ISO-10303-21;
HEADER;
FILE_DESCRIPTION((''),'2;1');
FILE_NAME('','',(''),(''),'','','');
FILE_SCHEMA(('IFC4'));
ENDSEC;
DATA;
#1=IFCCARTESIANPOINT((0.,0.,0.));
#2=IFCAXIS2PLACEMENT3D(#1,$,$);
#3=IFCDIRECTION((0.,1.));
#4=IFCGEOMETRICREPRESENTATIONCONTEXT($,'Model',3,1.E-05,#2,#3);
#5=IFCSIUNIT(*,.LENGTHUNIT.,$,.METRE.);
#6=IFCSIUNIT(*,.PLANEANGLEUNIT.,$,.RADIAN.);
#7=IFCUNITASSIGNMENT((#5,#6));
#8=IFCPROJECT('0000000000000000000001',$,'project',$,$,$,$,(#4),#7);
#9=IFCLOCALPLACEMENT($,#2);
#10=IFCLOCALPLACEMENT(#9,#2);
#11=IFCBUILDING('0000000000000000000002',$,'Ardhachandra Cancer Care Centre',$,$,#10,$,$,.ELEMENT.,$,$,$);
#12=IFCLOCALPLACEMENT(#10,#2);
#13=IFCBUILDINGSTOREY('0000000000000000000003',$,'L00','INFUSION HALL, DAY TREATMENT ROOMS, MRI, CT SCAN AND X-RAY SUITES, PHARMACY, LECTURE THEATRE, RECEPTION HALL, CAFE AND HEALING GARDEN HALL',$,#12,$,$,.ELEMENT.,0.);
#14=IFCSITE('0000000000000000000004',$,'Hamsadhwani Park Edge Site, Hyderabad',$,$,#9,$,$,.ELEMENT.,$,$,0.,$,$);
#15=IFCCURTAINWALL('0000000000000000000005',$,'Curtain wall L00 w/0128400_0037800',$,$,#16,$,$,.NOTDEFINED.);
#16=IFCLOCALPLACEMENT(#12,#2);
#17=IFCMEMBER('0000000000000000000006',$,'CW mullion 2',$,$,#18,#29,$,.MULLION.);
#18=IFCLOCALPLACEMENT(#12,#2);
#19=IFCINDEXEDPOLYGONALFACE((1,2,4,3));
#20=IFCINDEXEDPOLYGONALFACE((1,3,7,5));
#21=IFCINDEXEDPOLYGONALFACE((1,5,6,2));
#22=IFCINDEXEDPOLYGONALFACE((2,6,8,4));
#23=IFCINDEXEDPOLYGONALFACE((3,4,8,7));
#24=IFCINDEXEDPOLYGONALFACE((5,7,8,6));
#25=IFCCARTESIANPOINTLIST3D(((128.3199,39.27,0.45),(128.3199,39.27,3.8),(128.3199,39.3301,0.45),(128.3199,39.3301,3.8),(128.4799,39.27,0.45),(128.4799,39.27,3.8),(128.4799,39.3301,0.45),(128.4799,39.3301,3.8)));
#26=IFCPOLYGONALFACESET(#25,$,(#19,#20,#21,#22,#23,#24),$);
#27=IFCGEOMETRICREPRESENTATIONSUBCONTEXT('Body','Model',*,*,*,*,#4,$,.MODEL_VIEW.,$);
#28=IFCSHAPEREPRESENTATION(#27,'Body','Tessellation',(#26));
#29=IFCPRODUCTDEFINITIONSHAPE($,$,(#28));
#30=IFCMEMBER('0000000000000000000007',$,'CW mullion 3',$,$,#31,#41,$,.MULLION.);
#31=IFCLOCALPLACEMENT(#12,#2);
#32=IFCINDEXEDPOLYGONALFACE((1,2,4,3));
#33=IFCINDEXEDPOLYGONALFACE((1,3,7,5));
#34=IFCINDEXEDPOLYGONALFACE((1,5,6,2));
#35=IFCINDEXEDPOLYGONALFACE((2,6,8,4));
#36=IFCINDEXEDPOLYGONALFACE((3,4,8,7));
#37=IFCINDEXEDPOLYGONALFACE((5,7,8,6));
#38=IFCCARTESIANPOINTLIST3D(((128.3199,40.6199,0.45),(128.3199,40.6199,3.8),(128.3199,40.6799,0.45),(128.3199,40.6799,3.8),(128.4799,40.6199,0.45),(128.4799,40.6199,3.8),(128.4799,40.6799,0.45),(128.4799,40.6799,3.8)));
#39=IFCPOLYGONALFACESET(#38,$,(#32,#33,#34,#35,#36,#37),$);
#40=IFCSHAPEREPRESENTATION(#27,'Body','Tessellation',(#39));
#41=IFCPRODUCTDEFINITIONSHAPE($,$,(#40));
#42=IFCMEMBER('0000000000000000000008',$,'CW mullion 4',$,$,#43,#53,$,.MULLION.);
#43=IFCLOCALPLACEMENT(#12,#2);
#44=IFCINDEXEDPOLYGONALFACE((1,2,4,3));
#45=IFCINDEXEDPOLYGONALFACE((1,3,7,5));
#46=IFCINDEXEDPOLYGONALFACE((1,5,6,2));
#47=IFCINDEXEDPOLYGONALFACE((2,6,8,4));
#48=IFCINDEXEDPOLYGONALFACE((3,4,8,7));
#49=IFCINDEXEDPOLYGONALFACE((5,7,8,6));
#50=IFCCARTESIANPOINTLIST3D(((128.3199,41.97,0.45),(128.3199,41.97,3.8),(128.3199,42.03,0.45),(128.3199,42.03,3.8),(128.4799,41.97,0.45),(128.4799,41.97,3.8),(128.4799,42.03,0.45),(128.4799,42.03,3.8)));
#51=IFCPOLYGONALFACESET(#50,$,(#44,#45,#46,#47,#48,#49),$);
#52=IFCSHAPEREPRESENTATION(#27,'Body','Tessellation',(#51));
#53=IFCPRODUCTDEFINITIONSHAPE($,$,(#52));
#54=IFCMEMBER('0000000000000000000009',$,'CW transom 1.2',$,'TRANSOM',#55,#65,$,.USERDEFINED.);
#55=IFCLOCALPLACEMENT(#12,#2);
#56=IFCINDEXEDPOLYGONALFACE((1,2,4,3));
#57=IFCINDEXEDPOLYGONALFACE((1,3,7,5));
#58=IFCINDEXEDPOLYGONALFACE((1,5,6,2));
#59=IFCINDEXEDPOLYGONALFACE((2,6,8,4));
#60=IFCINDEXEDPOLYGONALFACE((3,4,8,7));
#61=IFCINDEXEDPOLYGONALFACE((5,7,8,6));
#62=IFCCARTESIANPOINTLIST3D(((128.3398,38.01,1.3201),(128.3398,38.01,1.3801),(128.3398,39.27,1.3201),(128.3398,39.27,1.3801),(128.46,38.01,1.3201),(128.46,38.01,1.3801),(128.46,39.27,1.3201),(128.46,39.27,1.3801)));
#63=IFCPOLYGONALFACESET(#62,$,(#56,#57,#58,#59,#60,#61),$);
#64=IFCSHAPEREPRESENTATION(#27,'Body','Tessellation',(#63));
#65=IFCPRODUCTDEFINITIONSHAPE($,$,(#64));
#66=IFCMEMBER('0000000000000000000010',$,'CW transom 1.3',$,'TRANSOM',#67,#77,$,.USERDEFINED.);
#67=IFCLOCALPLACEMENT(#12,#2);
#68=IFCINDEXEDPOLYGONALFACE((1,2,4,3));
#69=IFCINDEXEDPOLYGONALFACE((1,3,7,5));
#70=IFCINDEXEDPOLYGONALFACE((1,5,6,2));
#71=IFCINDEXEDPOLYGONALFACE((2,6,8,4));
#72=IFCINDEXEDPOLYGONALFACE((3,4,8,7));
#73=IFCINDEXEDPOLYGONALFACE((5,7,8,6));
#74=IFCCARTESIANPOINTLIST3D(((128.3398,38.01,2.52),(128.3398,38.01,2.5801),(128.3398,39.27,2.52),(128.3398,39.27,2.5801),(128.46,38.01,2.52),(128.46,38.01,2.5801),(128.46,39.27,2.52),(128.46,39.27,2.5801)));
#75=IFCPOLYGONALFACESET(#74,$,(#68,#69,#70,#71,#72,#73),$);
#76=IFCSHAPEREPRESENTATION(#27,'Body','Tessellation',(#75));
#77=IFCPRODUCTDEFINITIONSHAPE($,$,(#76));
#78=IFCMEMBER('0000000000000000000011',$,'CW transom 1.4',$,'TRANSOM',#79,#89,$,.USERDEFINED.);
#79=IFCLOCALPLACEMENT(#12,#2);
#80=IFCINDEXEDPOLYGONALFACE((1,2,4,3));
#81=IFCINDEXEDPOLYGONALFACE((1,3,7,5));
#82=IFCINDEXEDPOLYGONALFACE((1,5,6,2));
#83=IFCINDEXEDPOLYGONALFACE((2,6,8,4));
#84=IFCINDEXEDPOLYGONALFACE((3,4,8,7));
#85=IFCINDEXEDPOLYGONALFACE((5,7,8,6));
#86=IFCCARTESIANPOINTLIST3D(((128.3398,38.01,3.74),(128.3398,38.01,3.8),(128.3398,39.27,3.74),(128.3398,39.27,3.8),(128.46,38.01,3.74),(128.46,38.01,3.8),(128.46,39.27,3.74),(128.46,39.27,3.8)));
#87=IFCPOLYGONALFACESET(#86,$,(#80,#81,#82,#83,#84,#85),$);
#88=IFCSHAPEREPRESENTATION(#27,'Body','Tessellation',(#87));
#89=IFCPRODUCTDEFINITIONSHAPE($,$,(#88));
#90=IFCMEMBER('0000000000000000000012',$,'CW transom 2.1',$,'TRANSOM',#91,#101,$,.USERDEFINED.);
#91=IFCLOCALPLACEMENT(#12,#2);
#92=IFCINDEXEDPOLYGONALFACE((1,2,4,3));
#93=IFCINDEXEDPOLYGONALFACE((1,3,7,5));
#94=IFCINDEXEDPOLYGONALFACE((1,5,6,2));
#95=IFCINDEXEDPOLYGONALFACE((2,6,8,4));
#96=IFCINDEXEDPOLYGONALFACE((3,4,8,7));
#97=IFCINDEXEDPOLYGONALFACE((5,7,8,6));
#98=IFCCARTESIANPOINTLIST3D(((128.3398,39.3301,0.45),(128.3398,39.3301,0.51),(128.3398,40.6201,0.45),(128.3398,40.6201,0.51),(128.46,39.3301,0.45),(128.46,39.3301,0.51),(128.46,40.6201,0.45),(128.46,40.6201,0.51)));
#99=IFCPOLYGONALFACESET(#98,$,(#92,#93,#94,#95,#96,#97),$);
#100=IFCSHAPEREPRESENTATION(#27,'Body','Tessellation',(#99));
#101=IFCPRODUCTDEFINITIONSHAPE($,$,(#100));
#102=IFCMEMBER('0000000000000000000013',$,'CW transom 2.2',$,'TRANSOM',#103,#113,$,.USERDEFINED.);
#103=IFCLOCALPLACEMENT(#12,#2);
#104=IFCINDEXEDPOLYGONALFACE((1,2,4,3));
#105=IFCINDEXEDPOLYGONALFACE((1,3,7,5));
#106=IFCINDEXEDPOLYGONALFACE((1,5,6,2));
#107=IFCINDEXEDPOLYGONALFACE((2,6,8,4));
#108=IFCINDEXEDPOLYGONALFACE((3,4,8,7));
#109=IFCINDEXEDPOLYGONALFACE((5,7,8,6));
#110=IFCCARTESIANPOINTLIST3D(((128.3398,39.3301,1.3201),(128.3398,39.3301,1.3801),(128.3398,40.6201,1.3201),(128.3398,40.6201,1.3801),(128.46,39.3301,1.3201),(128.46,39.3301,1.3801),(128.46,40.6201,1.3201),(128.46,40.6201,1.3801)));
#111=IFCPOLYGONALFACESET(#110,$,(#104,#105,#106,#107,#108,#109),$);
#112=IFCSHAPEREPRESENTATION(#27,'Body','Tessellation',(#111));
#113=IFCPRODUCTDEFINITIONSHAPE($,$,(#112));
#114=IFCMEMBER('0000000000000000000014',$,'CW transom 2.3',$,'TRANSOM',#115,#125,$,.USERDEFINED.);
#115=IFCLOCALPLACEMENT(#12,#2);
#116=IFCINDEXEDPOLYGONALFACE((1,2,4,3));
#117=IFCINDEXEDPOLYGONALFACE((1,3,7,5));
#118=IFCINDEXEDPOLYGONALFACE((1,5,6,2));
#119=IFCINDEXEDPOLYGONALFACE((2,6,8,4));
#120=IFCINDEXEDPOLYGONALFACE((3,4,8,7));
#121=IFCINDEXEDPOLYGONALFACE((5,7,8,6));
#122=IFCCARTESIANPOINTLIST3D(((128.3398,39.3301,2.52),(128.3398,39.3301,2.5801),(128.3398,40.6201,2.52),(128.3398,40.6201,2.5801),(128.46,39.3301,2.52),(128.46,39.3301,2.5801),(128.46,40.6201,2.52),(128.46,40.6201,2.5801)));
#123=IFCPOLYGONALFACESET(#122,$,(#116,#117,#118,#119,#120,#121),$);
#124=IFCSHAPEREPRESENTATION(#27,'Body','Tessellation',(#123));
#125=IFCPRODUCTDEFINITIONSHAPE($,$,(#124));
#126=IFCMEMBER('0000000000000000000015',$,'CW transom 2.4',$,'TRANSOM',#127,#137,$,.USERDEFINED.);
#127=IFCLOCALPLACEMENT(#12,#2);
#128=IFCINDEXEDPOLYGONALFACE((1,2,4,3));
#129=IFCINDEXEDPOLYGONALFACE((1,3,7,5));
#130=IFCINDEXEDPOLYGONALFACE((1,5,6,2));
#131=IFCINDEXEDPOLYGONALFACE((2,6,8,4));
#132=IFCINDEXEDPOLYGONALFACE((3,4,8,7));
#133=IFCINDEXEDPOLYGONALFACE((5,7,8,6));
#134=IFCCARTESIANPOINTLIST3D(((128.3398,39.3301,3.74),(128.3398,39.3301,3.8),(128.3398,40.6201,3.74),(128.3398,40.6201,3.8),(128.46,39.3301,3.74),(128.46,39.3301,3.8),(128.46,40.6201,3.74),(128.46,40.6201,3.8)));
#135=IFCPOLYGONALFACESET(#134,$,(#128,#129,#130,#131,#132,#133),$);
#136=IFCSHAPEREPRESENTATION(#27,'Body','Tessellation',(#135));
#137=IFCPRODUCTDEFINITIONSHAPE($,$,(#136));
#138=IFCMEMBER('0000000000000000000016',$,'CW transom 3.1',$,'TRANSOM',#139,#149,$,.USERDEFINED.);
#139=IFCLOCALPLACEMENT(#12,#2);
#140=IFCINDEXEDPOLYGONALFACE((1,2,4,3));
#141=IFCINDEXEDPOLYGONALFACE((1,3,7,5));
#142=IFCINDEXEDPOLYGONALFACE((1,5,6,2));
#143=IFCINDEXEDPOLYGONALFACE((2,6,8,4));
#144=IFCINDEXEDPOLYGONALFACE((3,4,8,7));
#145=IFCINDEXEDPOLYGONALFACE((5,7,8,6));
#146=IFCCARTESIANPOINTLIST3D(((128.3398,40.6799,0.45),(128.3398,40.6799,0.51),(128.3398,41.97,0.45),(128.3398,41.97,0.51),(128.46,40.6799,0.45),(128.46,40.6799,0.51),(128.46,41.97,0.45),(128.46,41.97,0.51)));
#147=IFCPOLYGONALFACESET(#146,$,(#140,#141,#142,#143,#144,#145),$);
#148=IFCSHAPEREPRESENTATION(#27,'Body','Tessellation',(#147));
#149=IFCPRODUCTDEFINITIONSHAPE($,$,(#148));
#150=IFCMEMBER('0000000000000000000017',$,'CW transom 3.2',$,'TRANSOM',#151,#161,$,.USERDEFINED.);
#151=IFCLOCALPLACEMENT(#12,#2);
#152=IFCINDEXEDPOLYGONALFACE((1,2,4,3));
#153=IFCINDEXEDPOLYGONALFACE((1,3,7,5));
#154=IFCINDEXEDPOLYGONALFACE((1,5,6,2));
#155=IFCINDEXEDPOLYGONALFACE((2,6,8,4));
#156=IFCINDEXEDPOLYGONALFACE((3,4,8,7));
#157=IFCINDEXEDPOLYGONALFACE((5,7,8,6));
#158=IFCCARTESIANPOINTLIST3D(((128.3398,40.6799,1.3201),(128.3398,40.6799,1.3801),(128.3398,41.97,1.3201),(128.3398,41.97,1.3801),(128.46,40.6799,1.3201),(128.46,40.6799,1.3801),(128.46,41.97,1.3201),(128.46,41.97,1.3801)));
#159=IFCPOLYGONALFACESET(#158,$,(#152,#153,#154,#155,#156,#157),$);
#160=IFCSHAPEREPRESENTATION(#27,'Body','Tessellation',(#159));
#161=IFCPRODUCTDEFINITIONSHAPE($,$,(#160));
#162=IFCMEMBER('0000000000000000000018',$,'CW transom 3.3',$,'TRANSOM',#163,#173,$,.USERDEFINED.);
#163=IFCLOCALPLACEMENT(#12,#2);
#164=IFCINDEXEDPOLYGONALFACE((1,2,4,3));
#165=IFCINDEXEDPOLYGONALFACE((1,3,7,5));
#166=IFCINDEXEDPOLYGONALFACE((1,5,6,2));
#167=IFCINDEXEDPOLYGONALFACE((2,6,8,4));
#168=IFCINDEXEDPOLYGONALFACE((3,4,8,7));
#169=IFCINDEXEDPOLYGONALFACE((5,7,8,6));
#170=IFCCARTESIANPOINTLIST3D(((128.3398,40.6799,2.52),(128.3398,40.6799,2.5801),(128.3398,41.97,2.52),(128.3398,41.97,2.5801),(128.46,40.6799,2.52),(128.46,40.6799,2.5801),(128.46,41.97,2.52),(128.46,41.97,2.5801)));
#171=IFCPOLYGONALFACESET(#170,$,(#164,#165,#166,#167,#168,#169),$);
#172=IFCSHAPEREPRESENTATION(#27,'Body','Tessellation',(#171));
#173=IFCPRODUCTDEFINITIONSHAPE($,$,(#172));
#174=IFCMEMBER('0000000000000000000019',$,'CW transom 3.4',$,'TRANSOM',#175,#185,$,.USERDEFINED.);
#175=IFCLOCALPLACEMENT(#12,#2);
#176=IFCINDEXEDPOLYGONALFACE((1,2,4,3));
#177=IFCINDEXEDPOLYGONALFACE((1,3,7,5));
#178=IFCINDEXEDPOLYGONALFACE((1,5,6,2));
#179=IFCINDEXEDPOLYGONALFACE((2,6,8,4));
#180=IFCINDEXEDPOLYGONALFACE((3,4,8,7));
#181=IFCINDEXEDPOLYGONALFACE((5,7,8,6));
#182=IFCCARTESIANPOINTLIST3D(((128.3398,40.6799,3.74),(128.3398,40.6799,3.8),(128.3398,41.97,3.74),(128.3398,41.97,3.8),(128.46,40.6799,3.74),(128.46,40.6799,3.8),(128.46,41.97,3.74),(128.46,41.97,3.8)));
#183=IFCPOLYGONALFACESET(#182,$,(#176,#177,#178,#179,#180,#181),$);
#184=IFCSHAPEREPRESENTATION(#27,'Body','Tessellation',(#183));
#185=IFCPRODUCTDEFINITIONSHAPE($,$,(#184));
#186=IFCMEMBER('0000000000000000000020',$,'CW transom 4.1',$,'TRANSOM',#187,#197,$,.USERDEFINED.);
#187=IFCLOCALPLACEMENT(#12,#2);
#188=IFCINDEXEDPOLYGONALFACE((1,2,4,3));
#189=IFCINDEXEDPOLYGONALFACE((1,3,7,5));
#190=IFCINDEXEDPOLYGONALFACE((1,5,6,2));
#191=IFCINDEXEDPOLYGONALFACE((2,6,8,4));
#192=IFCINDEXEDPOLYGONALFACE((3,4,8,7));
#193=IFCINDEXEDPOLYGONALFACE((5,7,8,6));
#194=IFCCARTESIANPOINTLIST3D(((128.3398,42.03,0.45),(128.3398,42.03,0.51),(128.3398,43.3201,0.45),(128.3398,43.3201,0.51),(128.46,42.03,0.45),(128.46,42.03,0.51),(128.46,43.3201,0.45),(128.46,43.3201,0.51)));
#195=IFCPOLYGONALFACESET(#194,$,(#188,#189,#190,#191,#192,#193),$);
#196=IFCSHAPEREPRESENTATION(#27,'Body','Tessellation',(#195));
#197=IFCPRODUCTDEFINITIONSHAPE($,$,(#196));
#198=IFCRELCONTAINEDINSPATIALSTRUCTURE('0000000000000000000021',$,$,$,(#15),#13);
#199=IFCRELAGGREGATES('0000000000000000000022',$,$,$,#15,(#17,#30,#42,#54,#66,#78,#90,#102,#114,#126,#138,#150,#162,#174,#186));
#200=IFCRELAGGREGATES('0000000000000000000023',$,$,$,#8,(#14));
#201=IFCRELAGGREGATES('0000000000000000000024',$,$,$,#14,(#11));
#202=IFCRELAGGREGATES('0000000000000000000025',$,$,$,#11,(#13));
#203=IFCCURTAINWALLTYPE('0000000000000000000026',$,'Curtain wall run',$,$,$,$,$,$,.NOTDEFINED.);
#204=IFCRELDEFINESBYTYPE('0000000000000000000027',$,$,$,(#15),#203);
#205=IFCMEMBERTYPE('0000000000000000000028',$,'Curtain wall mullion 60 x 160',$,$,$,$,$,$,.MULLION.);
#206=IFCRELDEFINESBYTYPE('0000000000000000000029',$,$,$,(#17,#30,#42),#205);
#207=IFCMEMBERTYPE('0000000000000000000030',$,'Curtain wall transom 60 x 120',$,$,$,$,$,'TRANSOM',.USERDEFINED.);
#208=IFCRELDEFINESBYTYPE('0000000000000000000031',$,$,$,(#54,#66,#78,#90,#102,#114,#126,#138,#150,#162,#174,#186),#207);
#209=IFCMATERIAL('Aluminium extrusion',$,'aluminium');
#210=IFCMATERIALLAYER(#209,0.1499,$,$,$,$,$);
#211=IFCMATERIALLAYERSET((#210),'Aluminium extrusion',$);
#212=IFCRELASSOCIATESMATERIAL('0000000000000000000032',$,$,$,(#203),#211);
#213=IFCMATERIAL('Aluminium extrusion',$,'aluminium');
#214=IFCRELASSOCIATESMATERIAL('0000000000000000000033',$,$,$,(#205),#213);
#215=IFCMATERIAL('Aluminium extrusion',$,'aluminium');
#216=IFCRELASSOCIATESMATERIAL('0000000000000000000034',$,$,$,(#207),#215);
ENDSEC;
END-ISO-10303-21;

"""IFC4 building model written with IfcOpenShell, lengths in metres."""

from ifc_helpers import new_model, si_unit, direction, frame, origin, origin_2d, place, context, subcontext, project, spatial, rectangle, extrude, material, layer, layer_set, material_profile, profile_set, type_object, element, aggregate, save


model = new_model("IFC4")

# Units and contexts
model_context = context("Model", 3, precision=1e-05, world=origin(), true_north=direction((0.0, 1.0)))
body_context = subcontext(model_context, "Body", "Model", "MODEL_VIEW")
ifc_project = project(units=[si_unit("LENGTHUNIT", "METRE"), si_unit("PLANEANGLEUNIT", "RADIAN")], contexts=[model_context])

# Site, building, storey
site_placement = place(None, origin())
site = spatial("IfcSite", under=ifc_project, at=site_placement, Name="Hamsadhwani Park Edge Site, Hyderabad", CompositionType="ELEMENT", RefElevation=0.0)
building_placement = place(site_placement, origin())
building = spatial("IfcBuilding", under=site, at=building_placement, Name="Ardhachandra Cancer Care Centre", CompositionType="ELEMENT")
storey_placement = place(building_placement, origin())
storey = spatial("IfcBuildingStorey", under=building, at=storey_placement, Name="L00", Description="INFUSION HALL, DAY TREATMENT ROOMS, MRI, CT SCAN AND X-RAY SUITES, PHARMACY, LECTURE THEATRE, RECEPTION HALL, CAFE AND HEALING GARDEN HALL", CompositionType="ELEMENT", Elevation=0.0)

# Curtain wall, members
ifc_material_1 = material(Name="Aluminium extrusion", Category="aluminium")
ifc_layer_1 = layer(ifc_material_1, 0.1499)
ifc_layer_set_1 = layer_set([ifc_layer_1], Name="Aluminium extrusion")
curtain_wall_type = type_object("IfcCurtainWallType", Name="Curtain wall run", PredefinedType="NOTDEFINED", material=ifc_layer_set_1)
curtain_wall_placement = place(storey_placement, origin())
curtain_wall = element("IfcCurtainWall", 1, at=curtain_wall_placement, inside=storey, type_object=curtain_wall_type, Name="Curtain wall L00 w/0128400_0037800", PredefinedType="NOTDEFINED")
ifc_material_2 = material(Name="Aluminium extrusion", Category="aluminium")
ifc_material_profile_1 = material_profile(ifc_material_2, rectangle(XDim=0.1599, YDim=0.0601, at=origin_2d()), Name="Curtain wall mullion 60 x 160")
ifc_profile_set_1 = profile_set([ifc_material_profile_1], Name="Aluminium extrusion")
member_type_1 = type_object("IfcMemberType", Name="Curtain wall mullion 60 x 160", PredefinedType="MULLION", material=ifc_profile_set_1)
member_1_placement = place(storey_placement, frame((128.3999, 39.3, 0.45), z_axis=(0.0, 0.0, 1.0), x_axis=(-1.0, 0.0, 0.0)))
member_1 = element("IfcMember", 2, at=member_1_placement, type_object=member_type_1, Name="CW mullion 2", PredefinedType="MULLION", context=body_context, shape_type="SweptSolid", body=[
    extrude(rectangle(XDim=0.1599, YDim=0.0601, at=origin_2d()), origin(), (0.0, 0.0, 1.0), 3.3501),
])
member_2_placement = place(storey_placement, frame((128.3999, 40.6499, 0.45), z_axis=(0.0, 0.0, 1.0), x_axis=(-1.0, 0.0, 0.0)))
member_2 = element("IfcMember", 3, at=member_2_placement, type_object=member_type_1, Name="CW mullion 3", PredefinedType="MULLION", context=body_context, shape_type="SweptSolid", body=[
    extrude(rectangle(XDim=0.1599, YDim=0.0601, at=origin_2d()), origin(), (0.0, 0.0, 1.0), 3.3501),
])
member_3_placement = place(storey_placement, frame((128.3999, 42.0, 0.45), z_axis=(0.0, 0.0, 1.0), x_axis=(-1.0, 0.0, 0.0)))
member_3 = element("IfcMember", 4, at=member_3_placement, type_object=member_type_1, Name="CW mullion 4", PredefinedType="MULLION", context=body_context, shape_type="SweptSolid", body=[
    extrude(rectangle(XDim=0.1599, YDim=0.0601, at=origin_2d()), origin(), (0.0, 0.0, 1.0), 3.3501),
])
ifc_material_3 = material(Name="Aluminium extrusion", Category="aluminium")
ifc_material_profile_2 = material_profile(ifc_material_3, rectangle(XDim=0.1201, YDim=0.0601, at=origin_2d()), Name="Curtain wall transom 60 x 120")
ifc_profile_set_2 = profile_set([ifc_material_profile_2], Name="Aluminium extrusion")
member_type_2 = type_object("IfcMemberType", Name="Curtain wall transom 60 x 120", ElementType="TRANSOM", PredefinedType="USERDEFINED", material=ifc_profile_set_2)
member_4_placement = place(storey_placement, frame((128.3999, 38.01, 1.3501), z_axis=(0.0, 1.0, 0.0), x_axis=(-1.0, 0.0, 0.0)))
member_4 = element("IfcMember", 5, at=member_4_placement, type_object=member_type_2, Name="CW transom 1.2", ObjectType="TRANSOM", PredefinedType="USERDEFINED", context=body_context, shape_type="SweptSolid", body=[
    extrude(rectangle(XDim=0.1201, YDim=0.0601, at=origin_2d()), origin(), (0.0, 0.0, 1.0), 1.26),
])
member_5_placement = place(storey_placement, frame((128.3999, 38.01, 2.55), z_axis=(0.0, 1.0, 0.0), x_axis=(-1.0, 0.0, 0.0)))
member_5 = element("IfcMember", 6, at=member_5_placement, type_object=member_type_2, Name="CW transom 1.3", ObjectType="TRANSOM", PredefinedType="USERDEFINED", context=body_context, shape_type="SweptSolid", body=[
    extrude(rectangle(XDim=0.1201, YDim=0.0601, at=origin_2d()), origin(), (0.0, 0.0, 1.0), 1.26),
])
member_6_placement = place(storey_placement, frame((128.3999, 38.01, 3.77), z_axis=(0.0, 1.0, 0.0), x_axis=(-1.0, 0.0, 0.0)))
member_6 = element("IfcMember", 7, at=member_6_placement, type_object=member_type_2, Name="CW transom 1.4", ObjectType="TRANSOM", PredefinedType="USERDEFINED", context=body_context, shape_type="SweptSolid", body=[
    extrude(rectangle(XDim=0.1201, YDim=0.0601, at=origin_2d()), origin(), (0.0, 0.0, 1.0), 1.26),
])
member_7_placement = place(storey_placement, frame((128.3999, 39.3301, 0.48), z_axis=(0.0, 1.0, 0.0), x_axis=(-1.0, 0.0, 0.0)))
member_7 = element("IfcMember", 8, at=member_7_placement, type_object=member_type_2, Name="CW transom 2.1", ObjectType="TRANSOM", PredefinedType="USERDEFINED", context=body_context, shape_type="SweptSolid", body=[
    extrude(rectangle(XDim=0.1201, YDim=0.0601, at=origin_2d()), origin(), (0.0, 0.0, 1.0), 1.29),
])
member_8_placement = place(storey_placement, frame((128.3999, 39.3301, 1.3501), z_axis=(0.0, 1.0, 0.0), x_axis=(-1.0, 0.0, 0.0)))
member_8 = element("IfcMember", 9, at=member_8_placement, type_object=member_type_2, Name="CW transom 2.2", ObjectType="TRANSOM", PredefinedType="USERDEFINED", context=body_context, shape_type="SweptSolid", body=[
    extrude(rectangle(XDim=0.1201, YDim=0.0601, at=origin_2d()), origin(), (0.0, 0.0, 1.0), 1.29),
])
member_9_placement = place(storey_placement, frame((128.3999, 39.3301, 2.55), z_axis=(0.0, 1.0, 0.0), x_axis=(-1.0, 0.0, 0.0)))
member_9 = element("IfcMember", 10, at=member_9_placement, type_object=member_type_2, Name="CW transom 2.3", ObjectType="TRANSOM", PredefinedType="USERDEFINED", context=body_context, shape_type="SweptSolid", body=[
    extrude(rectangle(XDim=0.1201, YDim=0.0601, at=origin_2d()), origin(), (0.0, 0.0, 1.0), 1.29),
])
member_10_placement = place(storey_placement, frame((128.3999, 39.3301, 3.77), z_axis=(0.0, 1.0, 0.0), x_axis=(-1.0, 0.0, 0.0)))
member_10 = element("IfcMember", 11, at=member_10_placement, type_object=member_type_2, Name="CW transom 2.4", ObjectType="TRANSOM", PredefinedType="USERDEFINED", context=body_context, shape_type="SweptSolid", body=[
    extrude(rectangle(XDim=0.1201, YDim=0.0601, at=origin_2d()), origin(), (0.0, 0.0, 1.0), 1.29),
])
member_11_placement = place(storey_placement, frame((128.3999, 40.6799, 0.48), z_axis=(0.0, 1.0, 0.0), x_axis=(-1.0, 0.0, 0.0)))
member_11 = element("IfcMember", 12, at=member_11_placement, type_object=member_type_2, Name="CW transom 3.1", ObjectType="TRANSOM", PredefinedType="USERDEFINED", context=body_context, shape_type="SweptSolid", body=[
    extrude(rectangle(XDim=0.1201, YDim=0.0601, at=origin_2d()), origin(), (0.0, 0.0, 1.0), 1.29),
])
member_12_placement = place(storey_placement, frame((128.3999, 40.6799, 1.3501), z_axis=(0.0, 1.0, 0.0), x_axis=(-1.0, 0.0, 0.0)))
member_12 = element("IfcMember", 13, at=member_12_placement, type_object=member_type_2, Name="CW transom 3.2", ObjectType="TRANSOM", PredefinedType="USERDEFINED", context=body_context, shape_type="SweptSolid", body=[
    extrude(rectangle(XDim=0.1201, YDim=0.0601, at=origin_2d()), origin(), (0.0, 0.0, 1.0), 1.29),
])
member_13_placement = place(storey_placement, frame((128.3999, 40.6799, 2.55), z_axis=(0.0, 1.0, 0.0), x_axis=(-1.0, 0.0, 0.0)))
member_13 = element("IfcMember", 14, at=member_13_placement, type_object=member_type_2, Name="CW transom 3.3", ObjectType="TRANSOM", PredefinedType="USERDEFINED", context=body_context, shape_type="SweptSolid", body=[
    extrude(rectangle(XDim=0.1201, YDim=0.0601, at=origin_2d()), origin(), (0.0, 0.0, 1.0), 1.29),
])
member_14_placement = place(storey_placement, frame((128.3999, 40.6799, 3.77), z_axis=(0.0, 1.0, 0.0), x_axis=(-1.0, 0.0, 0.0)))
member_14 = element("IfcMember", 15, at=member_14_placement, type_object=member_type_2, Name="CW transom 3.4", ObjectType="TRANSOM", PredefinedType="USERDEFINED", context=body_context, shape_type="SweptSolid", body=[
    extrude(rectangle(XDim=0.1201, YDim=0.0601, at=origin_2d()), origin(), (0.0, 0.0, 1.0), 1.29),
])
member_15_placement = place(storey_placement, frame((128.3999, 42.03, 0.48), z_axis=(0.0, 1.0, 0.0), x_axis=(-1.0, 0.0, 0.0)))
member_15 = element("IfcMember", 16, at=member_15_placement, type_object=member_type_2, Name="CW transom 4.1", ObjectType="TRANSOM", PredefinedType="USERDEFINED", context=body_context, shape_type="SweptSolid", body=[
    extrude(rectangle(XDim=0.1201, YDim=0.0601, at=origin_2d()), origin(), (0.0, 0.0, 1.0), 1.29),
])
aggregate(curtain_wall, [member_1, member_2, member_3, member_4, member_5, member_6, member_7, member_8, member_9, member_10, member_11, member_12, member_13, member_14, member_15])

save(model, "model.ifc")
